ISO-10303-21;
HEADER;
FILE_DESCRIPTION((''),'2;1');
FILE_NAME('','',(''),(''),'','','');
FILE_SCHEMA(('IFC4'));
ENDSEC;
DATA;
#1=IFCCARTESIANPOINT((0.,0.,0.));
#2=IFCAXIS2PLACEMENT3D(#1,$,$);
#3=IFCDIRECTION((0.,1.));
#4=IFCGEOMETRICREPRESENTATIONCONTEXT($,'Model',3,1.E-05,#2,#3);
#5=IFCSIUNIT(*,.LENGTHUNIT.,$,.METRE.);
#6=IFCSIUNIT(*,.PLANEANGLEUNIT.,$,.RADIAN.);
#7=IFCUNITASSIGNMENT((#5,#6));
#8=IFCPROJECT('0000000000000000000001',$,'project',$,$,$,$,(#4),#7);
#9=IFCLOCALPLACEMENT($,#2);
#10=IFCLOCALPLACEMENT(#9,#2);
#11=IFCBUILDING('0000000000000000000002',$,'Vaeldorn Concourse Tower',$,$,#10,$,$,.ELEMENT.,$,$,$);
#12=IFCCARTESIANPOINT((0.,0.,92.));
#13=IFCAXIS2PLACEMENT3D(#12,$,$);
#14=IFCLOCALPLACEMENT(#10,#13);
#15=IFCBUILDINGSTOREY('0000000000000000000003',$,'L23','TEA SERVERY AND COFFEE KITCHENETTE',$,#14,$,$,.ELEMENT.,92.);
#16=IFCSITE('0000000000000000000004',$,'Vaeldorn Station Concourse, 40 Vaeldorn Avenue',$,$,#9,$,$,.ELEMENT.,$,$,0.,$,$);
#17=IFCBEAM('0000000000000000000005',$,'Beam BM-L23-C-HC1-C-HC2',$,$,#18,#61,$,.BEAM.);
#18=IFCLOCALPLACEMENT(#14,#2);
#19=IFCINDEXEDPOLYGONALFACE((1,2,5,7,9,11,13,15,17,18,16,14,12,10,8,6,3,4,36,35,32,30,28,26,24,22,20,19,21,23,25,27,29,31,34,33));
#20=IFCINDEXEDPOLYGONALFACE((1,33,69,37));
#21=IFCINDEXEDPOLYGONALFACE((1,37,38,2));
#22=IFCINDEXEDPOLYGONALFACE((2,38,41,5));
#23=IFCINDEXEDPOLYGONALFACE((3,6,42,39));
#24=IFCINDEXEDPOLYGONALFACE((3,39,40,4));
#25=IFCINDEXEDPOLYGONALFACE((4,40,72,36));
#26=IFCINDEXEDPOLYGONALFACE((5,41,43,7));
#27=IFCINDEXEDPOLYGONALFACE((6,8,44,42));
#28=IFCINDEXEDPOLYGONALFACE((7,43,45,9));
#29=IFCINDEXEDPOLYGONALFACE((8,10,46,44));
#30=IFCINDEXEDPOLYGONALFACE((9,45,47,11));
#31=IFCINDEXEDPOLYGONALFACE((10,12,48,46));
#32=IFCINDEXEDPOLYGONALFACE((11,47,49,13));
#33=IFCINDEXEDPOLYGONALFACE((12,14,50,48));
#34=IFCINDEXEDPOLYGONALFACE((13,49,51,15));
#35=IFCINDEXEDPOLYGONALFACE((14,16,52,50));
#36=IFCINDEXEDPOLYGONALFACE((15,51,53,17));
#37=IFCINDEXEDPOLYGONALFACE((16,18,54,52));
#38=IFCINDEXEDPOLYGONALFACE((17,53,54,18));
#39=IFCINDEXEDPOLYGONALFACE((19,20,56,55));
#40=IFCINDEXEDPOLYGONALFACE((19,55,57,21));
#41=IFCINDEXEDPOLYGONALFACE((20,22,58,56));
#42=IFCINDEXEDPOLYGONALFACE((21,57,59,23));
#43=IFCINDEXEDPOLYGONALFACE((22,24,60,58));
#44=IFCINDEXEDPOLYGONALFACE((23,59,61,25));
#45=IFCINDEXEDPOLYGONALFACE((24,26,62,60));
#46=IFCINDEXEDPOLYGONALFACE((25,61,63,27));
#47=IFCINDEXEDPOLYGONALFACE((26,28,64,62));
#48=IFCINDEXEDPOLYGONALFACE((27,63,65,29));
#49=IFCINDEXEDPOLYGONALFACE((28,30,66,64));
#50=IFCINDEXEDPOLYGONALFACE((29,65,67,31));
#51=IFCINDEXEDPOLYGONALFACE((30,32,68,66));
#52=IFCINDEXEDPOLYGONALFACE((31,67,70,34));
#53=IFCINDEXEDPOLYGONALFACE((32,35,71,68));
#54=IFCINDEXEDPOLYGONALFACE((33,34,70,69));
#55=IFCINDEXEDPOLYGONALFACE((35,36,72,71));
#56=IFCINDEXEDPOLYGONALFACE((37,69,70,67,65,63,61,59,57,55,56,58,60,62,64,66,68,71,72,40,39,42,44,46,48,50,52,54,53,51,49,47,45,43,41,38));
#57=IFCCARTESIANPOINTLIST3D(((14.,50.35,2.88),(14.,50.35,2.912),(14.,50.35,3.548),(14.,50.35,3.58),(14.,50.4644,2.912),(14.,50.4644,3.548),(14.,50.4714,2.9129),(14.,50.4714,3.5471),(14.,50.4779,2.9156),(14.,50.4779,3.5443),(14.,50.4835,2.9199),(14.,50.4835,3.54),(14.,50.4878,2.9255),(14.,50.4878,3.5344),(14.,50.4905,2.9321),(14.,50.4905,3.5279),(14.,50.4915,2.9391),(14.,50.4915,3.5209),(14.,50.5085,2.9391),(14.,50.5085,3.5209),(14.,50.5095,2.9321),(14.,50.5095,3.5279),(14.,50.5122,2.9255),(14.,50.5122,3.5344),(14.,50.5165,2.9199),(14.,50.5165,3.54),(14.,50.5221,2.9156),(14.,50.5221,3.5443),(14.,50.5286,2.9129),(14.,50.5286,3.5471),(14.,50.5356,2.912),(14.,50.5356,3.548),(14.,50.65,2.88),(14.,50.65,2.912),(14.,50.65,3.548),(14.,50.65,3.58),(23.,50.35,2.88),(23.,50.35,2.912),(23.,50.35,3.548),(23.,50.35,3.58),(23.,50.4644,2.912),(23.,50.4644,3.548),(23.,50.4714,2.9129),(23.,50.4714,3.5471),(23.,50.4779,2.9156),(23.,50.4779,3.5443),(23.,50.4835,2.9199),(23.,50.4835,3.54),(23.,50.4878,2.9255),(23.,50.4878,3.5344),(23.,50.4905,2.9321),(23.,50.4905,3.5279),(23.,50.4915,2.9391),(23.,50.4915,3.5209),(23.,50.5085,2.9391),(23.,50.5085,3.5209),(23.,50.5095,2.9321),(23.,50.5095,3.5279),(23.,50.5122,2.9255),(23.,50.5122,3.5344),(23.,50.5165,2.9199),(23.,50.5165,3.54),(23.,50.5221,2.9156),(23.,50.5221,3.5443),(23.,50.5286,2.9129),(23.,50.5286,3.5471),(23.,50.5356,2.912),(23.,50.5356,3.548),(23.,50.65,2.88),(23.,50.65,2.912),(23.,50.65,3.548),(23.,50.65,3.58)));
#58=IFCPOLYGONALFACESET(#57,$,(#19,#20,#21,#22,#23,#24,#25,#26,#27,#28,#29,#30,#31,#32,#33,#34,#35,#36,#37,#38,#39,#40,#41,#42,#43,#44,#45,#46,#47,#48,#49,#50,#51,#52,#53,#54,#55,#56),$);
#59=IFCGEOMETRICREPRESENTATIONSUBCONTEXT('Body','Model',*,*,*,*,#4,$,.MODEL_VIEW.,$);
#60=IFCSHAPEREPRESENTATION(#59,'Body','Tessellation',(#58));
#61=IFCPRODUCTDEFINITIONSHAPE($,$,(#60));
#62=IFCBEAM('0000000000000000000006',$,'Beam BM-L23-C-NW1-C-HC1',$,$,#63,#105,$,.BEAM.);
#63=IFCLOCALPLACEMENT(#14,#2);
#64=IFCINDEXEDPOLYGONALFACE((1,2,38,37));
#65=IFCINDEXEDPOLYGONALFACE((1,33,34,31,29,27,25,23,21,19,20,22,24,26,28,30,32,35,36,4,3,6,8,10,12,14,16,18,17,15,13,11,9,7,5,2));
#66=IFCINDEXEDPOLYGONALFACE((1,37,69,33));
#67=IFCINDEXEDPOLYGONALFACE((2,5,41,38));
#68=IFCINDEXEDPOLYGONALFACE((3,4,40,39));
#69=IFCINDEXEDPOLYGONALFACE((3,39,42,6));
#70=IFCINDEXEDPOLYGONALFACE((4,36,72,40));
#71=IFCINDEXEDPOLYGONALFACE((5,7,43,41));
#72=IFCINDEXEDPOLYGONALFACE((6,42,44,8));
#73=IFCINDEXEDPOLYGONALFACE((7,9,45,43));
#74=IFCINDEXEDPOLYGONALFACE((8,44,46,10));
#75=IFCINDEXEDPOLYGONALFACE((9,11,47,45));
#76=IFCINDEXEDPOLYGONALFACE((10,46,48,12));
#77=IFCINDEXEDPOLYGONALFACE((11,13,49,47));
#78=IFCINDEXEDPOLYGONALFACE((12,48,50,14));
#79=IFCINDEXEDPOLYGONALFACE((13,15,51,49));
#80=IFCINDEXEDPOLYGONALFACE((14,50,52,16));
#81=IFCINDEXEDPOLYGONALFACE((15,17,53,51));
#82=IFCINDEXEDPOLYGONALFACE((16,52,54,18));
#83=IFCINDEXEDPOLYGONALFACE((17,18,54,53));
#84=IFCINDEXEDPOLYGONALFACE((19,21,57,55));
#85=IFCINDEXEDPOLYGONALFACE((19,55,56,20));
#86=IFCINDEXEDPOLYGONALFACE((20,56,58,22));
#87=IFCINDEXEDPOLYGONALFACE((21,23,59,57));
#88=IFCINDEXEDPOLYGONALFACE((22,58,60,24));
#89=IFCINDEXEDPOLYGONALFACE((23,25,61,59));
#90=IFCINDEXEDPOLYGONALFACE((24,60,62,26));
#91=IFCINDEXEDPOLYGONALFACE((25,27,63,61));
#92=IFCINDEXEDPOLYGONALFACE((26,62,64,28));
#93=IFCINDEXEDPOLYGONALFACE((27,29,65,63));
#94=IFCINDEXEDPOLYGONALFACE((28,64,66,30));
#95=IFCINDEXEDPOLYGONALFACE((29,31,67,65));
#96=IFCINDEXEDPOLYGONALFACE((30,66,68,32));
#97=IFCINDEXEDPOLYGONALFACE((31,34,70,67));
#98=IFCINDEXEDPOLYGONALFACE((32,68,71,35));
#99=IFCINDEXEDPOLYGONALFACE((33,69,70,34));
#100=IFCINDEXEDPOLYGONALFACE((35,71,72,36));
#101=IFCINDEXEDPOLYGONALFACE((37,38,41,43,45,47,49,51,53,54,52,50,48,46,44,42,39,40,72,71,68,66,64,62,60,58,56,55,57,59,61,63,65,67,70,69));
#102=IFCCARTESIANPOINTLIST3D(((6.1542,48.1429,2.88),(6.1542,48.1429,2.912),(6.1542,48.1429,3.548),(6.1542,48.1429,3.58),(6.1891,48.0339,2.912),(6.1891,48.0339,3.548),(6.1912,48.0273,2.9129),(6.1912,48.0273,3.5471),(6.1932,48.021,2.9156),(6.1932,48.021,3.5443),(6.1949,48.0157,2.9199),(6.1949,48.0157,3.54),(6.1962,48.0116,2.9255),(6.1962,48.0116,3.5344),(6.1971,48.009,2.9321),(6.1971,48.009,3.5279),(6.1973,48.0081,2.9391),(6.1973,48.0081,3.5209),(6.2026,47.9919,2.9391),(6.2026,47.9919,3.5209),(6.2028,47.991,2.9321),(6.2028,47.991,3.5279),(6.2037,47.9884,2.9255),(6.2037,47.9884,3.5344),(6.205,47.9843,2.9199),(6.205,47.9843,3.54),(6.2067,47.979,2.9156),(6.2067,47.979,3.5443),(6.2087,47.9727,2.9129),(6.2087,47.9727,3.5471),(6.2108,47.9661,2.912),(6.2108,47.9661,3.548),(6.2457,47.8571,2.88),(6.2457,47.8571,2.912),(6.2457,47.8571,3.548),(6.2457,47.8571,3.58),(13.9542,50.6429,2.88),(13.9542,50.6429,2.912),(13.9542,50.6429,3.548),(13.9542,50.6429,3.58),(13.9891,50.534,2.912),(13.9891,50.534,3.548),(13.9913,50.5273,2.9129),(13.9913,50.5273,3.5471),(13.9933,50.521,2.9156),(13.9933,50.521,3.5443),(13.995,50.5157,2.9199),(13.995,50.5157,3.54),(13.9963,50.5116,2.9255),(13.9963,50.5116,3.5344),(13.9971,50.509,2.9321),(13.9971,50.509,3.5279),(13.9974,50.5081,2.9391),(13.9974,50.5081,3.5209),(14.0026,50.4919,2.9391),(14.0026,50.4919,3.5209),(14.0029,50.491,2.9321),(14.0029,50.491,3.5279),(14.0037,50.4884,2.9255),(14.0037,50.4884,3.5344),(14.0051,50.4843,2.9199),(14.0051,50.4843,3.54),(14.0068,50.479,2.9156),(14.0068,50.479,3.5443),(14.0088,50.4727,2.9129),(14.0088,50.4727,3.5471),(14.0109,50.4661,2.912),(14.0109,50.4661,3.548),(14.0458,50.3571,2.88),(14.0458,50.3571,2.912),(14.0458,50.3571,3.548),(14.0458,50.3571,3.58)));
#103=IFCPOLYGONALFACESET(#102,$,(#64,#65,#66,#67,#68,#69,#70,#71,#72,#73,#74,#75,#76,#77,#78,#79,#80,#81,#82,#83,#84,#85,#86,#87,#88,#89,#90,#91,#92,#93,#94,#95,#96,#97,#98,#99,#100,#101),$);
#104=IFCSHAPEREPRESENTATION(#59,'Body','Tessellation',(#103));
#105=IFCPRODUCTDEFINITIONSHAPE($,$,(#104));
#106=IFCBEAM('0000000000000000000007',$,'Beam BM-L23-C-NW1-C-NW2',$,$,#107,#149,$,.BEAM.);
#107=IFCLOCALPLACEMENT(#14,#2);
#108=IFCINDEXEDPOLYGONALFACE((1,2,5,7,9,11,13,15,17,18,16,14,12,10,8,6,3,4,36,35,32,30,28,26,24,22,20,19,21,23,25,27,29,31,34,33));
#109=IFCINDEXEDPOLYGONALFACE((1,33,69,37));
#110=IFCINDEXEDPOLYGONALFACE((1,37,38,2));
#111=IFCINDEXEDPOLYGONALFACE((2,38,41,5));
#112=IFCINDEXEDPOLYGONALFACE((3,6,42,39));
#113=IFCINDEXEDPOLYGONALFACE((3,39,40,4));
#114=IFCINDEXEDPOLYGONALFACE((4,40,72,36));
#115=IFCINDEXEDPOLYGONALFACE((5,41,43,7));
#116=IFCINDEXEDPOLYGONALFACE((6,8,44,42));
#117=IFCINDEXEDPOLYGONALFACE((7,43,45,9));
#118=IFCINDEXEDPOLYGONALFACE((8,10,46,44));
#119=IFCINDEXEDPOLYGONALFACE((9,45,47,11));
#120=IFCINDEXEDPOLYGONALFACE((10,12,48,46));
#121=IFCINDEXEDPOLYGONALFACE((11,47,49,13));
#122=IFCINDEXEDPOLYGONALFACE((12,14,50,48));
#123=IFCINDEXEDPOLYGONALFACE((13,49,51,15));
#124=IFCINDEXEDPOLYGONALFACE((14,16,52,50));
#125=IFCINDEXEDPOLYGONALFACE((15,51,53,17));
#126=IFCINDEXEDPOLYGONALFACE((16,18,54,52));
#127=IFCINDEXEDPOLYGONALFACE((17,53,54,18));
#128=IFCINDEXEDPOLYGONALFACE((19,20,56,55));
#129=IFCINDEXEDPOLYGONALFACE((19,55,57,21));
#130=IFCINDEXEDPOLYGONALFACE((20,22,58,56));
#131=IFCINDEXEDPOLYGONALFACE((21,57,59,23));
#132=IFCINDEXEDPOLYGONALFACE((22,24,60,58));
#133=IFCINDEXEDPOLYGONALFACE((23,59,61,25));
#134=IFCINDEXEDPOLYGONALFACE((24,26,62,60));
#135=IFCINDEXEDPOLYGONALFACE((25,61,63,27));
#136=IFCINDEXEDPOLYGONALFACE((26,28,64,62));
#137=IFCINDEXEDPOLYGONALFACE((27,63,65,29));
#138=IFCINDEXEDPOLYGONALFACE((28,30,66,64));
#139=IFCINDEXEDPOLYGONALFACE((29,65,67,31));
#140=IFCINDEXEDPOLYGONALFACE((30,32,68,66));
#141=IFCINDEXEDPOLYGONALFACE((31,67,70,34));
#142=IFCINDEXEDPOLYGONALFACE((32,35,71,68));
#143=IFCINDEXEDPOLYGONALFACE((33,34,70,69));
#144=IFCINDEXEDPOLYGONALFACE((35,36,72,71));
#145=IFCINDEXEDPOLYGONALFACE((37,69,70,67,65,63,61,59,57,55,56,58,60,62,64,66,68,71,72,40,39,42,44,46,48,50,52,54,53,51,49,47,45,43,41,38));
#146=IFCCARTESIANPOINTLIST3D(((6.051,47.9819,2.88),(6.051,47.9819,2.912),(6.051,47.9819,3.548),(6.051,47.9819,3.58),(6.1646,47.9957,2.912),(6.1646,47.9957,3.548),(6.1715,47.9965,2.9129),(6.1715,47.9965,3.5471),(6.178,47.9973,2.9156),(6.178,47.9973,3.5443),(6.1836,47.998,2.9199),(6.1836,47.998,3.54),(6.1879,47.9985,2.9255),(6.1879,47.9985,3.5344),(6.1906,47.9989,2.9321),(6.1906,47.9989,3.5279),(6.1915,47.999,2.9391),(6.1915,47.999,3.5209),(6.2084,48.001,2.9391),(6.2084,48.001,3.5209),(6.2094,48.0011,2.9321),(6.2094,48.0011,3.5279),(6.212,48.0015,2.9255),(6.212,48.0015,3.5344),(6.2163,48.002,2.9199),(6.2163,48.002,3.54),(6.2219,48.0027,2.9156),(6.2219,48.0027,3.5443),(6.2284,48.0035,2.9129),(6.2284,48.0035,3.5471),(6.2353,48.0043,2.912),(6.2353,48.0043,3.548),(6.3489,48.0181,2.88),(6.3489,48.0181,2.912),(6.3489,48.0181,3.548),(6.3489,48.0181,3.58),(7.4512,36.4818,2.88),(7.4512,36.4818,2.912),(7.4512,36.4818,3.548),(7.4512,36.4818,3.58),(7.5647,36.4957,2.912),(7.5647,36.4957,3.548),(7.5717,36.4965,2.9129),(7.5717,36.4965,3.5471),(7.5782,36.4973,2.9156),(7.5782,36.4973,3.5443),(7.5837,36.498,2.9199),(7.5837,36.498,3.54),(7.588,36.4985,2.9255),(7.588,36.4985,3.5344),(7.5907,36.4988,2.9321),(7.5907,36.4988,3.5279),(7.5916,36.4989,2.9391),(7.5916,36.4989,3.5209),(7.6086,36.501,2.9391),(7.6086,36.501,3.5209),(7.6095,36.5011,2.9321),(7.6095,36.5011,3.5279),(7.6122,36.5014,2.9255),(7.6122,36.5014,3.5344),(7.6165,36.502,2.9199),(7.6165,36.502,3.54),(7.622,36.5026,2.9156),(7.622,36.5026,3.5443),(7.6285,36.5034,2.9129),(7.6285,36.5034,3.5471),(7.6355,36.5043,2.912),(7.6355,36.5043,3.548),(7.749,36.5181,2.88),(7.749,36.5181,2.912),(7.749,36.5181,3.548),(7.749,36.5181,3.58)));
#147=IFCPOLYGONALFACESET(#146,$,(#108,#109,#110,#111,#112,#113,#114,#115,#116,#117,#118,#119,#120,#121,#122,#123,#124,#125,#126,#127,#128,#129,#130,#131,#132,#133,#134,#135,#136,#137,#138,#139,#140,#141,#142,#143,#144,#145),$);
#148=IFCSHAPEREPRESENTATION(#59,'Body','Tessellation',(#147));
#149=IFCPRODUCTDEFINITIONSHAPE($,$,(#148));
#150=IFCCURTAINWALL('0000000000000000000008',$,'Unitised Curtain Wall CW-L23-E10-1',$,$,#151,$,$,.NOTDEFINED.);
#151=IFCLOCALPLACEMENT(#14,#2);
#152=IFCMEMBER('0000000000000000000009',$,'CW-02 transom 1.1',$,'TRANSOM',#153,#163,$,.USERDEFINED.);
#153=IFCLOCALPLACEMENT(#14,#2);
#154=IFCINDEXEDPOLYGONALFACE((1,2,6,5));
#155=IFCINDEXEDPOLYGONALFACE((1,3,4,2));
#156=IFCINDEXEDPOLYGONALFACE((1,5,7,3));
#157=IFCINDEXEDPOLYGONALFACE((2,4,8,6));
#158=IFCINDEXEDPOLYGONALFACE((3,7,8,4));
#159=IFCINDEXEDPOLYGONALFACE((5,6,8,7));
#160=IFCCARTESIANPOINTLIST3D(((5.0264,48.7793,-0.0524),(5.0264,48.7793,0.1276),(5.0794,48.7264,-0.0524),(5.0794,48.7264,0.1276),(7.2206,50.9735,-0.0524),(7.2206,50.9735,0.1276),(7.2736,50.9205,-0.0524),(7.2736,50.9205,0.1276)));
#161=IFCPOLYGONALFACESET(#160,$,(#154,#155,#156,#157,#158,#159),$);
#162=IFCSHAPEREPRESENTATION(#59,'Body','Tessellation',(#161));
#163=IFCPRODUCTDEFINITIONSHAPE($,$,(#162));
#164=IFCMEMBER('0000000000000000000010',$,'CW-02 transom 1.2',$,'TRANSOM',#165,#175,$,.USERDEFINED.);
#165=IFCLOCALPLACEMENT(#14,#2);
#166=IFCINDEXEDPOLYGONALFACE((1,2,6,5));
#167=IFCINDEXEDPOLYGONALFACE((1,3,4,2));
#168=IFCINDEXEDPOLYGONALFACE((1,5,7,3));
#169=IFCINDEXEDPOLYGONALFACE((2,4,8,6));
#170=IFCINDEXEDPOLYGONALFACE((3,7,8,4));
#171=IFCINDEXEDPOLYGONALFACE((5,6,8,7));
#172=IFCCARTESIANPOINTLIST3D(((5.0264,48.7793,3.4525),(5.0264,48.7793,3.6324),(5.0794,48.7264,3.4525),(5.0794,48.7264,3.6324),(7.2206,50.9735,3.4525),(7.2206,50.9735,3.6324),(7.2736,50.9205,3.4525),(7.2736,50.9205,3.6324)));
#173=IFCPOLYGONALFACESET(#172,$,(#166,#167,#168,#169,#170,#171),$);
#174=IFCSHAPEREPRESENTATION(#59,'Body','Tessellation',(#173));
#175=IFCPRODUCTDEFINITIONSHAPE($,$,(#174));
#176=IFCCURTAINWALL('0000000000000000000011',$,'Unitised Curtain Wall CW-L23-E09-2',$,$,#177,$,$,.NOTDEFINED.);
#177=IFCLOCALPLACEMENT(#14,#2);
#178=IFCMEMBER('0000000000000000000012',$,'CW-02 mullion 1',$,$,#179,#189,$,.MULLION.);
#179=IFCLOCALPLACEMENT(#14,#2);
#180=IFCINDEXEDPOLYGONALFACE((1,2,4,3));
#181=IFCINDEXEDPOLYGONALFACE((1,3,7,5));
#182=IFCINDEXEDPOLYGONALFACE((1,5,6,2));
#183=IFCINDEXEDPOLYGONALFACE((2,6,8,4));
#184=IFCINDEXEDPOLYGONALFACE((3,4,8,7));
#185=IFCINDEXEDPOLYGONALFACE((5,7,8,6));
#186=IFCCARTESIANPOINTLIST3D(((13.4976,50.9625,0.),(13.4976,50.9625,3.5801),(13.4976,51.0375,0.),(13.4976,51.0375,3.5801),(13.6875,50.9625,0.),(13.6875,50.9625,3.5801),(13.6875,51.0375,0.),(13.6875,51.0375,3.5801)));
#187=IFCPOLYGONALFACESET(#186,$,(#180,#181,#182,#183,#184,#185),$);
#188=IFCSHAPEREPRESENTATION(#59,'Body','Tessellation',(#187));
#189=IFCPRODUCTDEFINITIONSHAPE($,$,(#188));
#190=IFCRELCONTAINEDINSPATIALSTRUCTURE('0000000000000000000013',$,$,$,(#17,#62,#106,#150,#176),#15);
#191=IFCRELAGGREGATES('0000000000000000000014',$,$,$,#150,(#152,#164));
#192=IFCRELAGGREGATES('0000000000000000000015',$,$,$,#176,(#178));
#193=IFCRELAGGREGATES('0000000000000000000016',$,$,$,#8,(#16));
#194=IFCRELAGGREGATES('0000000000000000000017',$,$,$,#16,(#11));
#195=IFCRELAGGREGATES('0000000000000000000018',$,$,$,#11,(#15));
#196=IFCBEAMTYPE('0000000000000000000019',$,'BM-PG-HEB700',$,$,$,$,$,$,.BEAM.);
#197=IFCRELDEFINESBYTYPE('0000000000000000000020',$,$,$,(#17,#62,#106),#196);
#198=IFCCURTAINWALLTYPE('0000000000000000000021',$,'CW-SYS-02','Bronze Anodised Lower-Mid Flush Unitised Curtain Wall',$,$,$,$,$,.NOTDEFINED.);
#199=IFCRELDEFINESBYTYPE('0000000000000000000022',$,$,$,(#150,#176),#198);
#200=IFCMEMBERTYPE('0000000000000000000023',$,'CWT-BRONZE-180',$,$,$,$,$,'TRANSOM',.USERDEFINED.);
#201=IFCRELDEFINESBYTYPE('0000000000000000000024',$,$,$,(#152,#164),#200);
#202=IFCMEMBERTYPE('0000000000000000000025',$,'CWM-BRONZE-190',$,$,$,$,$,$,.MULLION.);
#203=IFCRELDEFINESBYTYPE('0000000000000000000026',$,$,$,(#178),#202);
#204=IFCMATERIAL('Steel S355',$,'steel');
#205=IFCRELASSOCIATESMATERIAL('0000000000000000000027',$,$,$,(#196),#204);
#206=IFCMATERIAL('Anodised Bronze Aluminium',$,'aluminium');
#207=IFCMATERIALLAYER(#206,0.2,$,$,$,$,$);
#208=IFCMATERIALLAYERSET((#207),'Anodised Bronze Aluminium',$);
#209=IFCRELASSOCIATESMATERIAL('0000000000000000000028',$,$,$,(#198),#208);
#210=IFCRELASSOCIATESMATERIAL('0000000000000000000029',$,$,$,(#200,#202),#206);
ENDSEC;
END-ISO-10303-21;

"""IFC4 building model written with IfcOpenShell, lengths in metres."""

from ifc_helpers import new_model, si_unit, direction, frame, origin, origin_2d, place, context, subcontext, project, spatial, rectangle, i_section, extrude, source, transform, mapped, material, layer, layer_set, material_profile, profile_set, type_object, element, aggregate, save


model = new_model("IFC4")

# Units and contexts
model_context = context("Model", 3, precision=1e-05, world=origin(), true_north=direction((0.0, 1.0)))
body_context = subcontext(model_context, "Body", "Model", "MODEL_VIEW")
ifc_project = project(units=[si_unit("LENGTHUNIT", "METRE"), si_unit("PLANEANGLEUNIT", "RADIAN")], contexts=[model_context])

# Site, building, storey
site_placement = place(None, origin())
site = spatial("IfcSite", under=ifc_project, at=site_placement, Name="Vaeldorn Station Concourse, 40 Vaeldorn Avenue", CompositionType="ELEMENT", RefElevation=0.0)
building_placement = place(site_placement, origin())
building = spatial("IfcBuilding", under=site, at=building_placement, Name="Vaeldorn Concourse Tower", CompositionType="ELEMENT")
storey_placement = place(building_placement, frame((0.0, 0.0, 92.0)))
storey = spatial("IfcBuildingStorey", under=building, at=storey_placement, Name="L23", Description="TEA SERVERY AND COFFEE KITCHENETTE", CompositionType="ELEMENT", Elevation=92.0)

# Beams
ifc_material_1 = material(Name="Steel S355", Category="steel")
ifc_material_profile_1 = material_profile(ifc_material_1, i_section(OverallWidth=0.3, OverallDepth=0.7, WebThickness=0.0171, FlangeThickness=0.032, FilletRadius=0.0271, at=origin_2d()), Name="HEB 700")
ifc_profile_set_1 = profile_set([ifc_material_profile_1], Name="Steel S355")
beam_type_1 = type_object("IfcBeamType", Name="BM-PG-HEB700", PredefinedType="BEAM", material=ifc_profile_set_1)
shared_shape_1 = source(origin(), body_context, "Body", "SweptSolid", [
    extrude(i_section(OverallWidth=0.3, OverallDepth=0.7, WebThickness=0.0171, FlangeThickness=0.032, FilletRadius=0.0271, at=origin_2d()), origin(), (0.0, 0.0, 1.0), 9.0),
])
beam_1_placement = place(storey_placement, frame((14.0, 50.5, 3.23), z_axis=(1.0, 0.0, 0.0), x_axis=(0.0, 1.0, 0.0)))
element("IfcBeam", 1, at=beam_1_placement, inside=storey, type_object=beam_type_1, Name="Beam BM-L23-C-HC1-C-HC2", PredefinedType="BEAM", context=body_context, shape_type="MappedRepresentation", body=[
    mapped(shared_shape_1, transform((0.0, 0.0, 0.0), scale=1.0)),
])
shared_shape_2 = source(origin(), body_context, "Body", "SweptSolid", [
    extrude(i_section(OverallWidth=0.3, OverallDepth=0.7, WebThickness=0.0171, FlangeThickness=0.032, FilletRadius=0.0271, at=origin_2d()), origin(), (0.0, 0.0, 1.0), 8.1909),
])
beam_2_placement = place(storey_placement, frame((6.2, 48.0, 3.23), z_axis=(0.952283, 0.305217, 0.0), x_axis=(-0.305217, 0.952283, 0.0)))
element("IfcBeam", 2, at=beam_2_placement, inside=storey, type_object=beam_type_1, Name="Beam BM-L23-C-NW1-C-HC1", PredefinedType="BEAM", context=body_context, shape_type="MappedRepresentation", body=[
    mapped(shared_shape_2, transform((0.0, 0.0, 0.0), scale=1.0)),
])
shared_shape_3 = source(origin(), body_context, "Body", "SweptSolid", [
    extrude(i_section(OverallWidth=0.3, OverallDepth=0.7, WebThickness=0.0171, FlangeThickness=0.032, FilletRadius=0.0271, at=origin_2d()), origin(), (0.0, 0.0, 1.0), 11.585),
])
beam_3_placement = place(storey_placement, frame((6.2, 48.0, 3.23), z_axis=(0.120859, -0.99267, 0.0), x_axis=(0.99267, 0.120859, 0.0)))
element("IfcBeam", 3, at=beam_3_placement, inside=storey, type_object=beam_type_1, Name="Beam BM-L23-C-NW1-C-NW2", PredefinedType="BEAM", context=body_context, shape_type="MappedRepresentation", body=[
    mapped(shared_shape_3, transform((0.0, 0.0, 0.0), scale=1.0)),
])

# Curtain walls, members
ifc_material_2 = material(Name="Anodised Bronze Aluminium", Category="aluminium")
ifc_layer_1 = layer(ifc_material_2, 0.2)
ifc_layer_set_1 = layer_set([ifc_layer_1], Name="Anodised Bronze Aluminium")
curtain_wall_type = type_object("IfcCurtainWallType", Name="CW-SYS-02", Description="Bronze Anodised Lower-Mid Flush Unitised Curtain Wall", PredefinedType="NOTDEFINED", material=ifc_layer_set_1)
curtain_wall_1_placement = place(storey_placement, origin())
curtain_wall_1 = element("IfcCurtainWall", 4, at=curtain_wall_1_placement, inside=storey, type_object=curtain_wall_type, Name="Unitised Curtain Wall CW-L23-E10-1", PredefinedType="NOTDEFINED")
ifc_material_profile_2 = material_profile(ifc_material_2, rectangle(XDim=0.075, YDim=0.1799, at=origin_2d()), Name="CWT 75x180")
ifc_profile_set_2 = profile_set([ifc_material_profile_2], Name="Anodised Bronze Aluminium")
member_type_1 = type_object("IfcMemberType", Name="CWT-BRONZE-180", ElementType="TRANSOM", PredefinedType="USERDEFINED", material=ifc_profile_set_2)
shared_shape_4 = source(origin(), body_context, "Body", "SweptSolid", [
    extrude(rectangle(XDim=0.075, YDim=0.1799, at=origin_2d()), origin(), (0.0, 0.0, 1.0), 3.103),
])
member_1_placement = place(storey_placement, frame((7.2471, 50.947, 0.0376), z_axis=(-0.707107, -0.707107, 0.0), x_axis=(0.707107, -0.707107, 0.0)))
member_1 = element("IfcMember", 5, at=member_1_placement, type_object=member_type_1, Name="CW-02 transom 1.1", ObjectType="TRANSOM", PredefinedType="USERDEFINED", context=body_context, shape_type="MappedRepresentation", body=[
    mapped(shared_shape_4, transform((0.0, 0.0, 0.0), scale=1.0)),
])
member_2_placement = place(storey_placement, frame((7.2471, 50.947, 3.5425), z_axis=(-0.707107, -0.707107, 0.0), x_axis=(0.707107, -0.707107, 0.0)))
member_2 = element("IfcMember", 6, at=member_2_placement, type_object=member_type_1, Name="CW-02 transom 1.2", ObjectType="TRANSOM", PredefinedType="USERDEFINED", context=body_context, shape_type="MappedRepresentation", body=[
    mapped(shared_shape_4, transform((0.0, 0.0, 0.0), scale=1.0)),
])
curtain_wall_2_placement = place(storey_placement, origin())
curtain_wall_2 = element("IfcCurtainWall", 7, at=curtain_wall_2_placement, inside=storey, type_object=curtain_wall_type, Name="Unitised Curtain Wall CW-L23-E09-2", PredefinedType="NOTDEFINED")
ifc_material_profile_3 = material_profile(ifc_material_2, rectangle(XDim=0.075, YDim=0.1899, at=origin_2d()), Name="CWM 75x190")
ifc_profile_set_3 = profile_set([ifc_material_profile_3], Name="Anodised Bronze Aluminium")
member_type_2 = type_object("IfcMemberType", Name="CWM-BRONZE-190", PredefinedType="MULLION", material=ifc_profile_set_3)
shared_shape_5 = source(origin(), body_context, "Body", "SweptSolid", [
    extrude(rectangle(XDim=0.075, YDim=0.1899, at=origin_2d()), origin(), (0.0, 0.0, 1.0), 3.5801),
])
member_3_placement = place(storey_placement, frame((13.5925, 51.0, 0.0), z_axis=(0.0, 0.0, 1.0), x_axis=(0.0, -1.0, 0.0)))
member_3 = element("IfcMember", 8, at=member_3_placement, type_object=member_type_2, Name="CW-02 mullion 1", PredefinedType="MULLION", context=body_context, shape_type="MappedRepresentation", body=[
    mapped(shared_shape_5, transform((0.0, 0.0, 0.0), scale=1.0)),
])

aggregate(curtain_wall_1, [member_1, member_2])
aggregate(curtain_wall_2, [member_3])

save(model, "model.ifc")
